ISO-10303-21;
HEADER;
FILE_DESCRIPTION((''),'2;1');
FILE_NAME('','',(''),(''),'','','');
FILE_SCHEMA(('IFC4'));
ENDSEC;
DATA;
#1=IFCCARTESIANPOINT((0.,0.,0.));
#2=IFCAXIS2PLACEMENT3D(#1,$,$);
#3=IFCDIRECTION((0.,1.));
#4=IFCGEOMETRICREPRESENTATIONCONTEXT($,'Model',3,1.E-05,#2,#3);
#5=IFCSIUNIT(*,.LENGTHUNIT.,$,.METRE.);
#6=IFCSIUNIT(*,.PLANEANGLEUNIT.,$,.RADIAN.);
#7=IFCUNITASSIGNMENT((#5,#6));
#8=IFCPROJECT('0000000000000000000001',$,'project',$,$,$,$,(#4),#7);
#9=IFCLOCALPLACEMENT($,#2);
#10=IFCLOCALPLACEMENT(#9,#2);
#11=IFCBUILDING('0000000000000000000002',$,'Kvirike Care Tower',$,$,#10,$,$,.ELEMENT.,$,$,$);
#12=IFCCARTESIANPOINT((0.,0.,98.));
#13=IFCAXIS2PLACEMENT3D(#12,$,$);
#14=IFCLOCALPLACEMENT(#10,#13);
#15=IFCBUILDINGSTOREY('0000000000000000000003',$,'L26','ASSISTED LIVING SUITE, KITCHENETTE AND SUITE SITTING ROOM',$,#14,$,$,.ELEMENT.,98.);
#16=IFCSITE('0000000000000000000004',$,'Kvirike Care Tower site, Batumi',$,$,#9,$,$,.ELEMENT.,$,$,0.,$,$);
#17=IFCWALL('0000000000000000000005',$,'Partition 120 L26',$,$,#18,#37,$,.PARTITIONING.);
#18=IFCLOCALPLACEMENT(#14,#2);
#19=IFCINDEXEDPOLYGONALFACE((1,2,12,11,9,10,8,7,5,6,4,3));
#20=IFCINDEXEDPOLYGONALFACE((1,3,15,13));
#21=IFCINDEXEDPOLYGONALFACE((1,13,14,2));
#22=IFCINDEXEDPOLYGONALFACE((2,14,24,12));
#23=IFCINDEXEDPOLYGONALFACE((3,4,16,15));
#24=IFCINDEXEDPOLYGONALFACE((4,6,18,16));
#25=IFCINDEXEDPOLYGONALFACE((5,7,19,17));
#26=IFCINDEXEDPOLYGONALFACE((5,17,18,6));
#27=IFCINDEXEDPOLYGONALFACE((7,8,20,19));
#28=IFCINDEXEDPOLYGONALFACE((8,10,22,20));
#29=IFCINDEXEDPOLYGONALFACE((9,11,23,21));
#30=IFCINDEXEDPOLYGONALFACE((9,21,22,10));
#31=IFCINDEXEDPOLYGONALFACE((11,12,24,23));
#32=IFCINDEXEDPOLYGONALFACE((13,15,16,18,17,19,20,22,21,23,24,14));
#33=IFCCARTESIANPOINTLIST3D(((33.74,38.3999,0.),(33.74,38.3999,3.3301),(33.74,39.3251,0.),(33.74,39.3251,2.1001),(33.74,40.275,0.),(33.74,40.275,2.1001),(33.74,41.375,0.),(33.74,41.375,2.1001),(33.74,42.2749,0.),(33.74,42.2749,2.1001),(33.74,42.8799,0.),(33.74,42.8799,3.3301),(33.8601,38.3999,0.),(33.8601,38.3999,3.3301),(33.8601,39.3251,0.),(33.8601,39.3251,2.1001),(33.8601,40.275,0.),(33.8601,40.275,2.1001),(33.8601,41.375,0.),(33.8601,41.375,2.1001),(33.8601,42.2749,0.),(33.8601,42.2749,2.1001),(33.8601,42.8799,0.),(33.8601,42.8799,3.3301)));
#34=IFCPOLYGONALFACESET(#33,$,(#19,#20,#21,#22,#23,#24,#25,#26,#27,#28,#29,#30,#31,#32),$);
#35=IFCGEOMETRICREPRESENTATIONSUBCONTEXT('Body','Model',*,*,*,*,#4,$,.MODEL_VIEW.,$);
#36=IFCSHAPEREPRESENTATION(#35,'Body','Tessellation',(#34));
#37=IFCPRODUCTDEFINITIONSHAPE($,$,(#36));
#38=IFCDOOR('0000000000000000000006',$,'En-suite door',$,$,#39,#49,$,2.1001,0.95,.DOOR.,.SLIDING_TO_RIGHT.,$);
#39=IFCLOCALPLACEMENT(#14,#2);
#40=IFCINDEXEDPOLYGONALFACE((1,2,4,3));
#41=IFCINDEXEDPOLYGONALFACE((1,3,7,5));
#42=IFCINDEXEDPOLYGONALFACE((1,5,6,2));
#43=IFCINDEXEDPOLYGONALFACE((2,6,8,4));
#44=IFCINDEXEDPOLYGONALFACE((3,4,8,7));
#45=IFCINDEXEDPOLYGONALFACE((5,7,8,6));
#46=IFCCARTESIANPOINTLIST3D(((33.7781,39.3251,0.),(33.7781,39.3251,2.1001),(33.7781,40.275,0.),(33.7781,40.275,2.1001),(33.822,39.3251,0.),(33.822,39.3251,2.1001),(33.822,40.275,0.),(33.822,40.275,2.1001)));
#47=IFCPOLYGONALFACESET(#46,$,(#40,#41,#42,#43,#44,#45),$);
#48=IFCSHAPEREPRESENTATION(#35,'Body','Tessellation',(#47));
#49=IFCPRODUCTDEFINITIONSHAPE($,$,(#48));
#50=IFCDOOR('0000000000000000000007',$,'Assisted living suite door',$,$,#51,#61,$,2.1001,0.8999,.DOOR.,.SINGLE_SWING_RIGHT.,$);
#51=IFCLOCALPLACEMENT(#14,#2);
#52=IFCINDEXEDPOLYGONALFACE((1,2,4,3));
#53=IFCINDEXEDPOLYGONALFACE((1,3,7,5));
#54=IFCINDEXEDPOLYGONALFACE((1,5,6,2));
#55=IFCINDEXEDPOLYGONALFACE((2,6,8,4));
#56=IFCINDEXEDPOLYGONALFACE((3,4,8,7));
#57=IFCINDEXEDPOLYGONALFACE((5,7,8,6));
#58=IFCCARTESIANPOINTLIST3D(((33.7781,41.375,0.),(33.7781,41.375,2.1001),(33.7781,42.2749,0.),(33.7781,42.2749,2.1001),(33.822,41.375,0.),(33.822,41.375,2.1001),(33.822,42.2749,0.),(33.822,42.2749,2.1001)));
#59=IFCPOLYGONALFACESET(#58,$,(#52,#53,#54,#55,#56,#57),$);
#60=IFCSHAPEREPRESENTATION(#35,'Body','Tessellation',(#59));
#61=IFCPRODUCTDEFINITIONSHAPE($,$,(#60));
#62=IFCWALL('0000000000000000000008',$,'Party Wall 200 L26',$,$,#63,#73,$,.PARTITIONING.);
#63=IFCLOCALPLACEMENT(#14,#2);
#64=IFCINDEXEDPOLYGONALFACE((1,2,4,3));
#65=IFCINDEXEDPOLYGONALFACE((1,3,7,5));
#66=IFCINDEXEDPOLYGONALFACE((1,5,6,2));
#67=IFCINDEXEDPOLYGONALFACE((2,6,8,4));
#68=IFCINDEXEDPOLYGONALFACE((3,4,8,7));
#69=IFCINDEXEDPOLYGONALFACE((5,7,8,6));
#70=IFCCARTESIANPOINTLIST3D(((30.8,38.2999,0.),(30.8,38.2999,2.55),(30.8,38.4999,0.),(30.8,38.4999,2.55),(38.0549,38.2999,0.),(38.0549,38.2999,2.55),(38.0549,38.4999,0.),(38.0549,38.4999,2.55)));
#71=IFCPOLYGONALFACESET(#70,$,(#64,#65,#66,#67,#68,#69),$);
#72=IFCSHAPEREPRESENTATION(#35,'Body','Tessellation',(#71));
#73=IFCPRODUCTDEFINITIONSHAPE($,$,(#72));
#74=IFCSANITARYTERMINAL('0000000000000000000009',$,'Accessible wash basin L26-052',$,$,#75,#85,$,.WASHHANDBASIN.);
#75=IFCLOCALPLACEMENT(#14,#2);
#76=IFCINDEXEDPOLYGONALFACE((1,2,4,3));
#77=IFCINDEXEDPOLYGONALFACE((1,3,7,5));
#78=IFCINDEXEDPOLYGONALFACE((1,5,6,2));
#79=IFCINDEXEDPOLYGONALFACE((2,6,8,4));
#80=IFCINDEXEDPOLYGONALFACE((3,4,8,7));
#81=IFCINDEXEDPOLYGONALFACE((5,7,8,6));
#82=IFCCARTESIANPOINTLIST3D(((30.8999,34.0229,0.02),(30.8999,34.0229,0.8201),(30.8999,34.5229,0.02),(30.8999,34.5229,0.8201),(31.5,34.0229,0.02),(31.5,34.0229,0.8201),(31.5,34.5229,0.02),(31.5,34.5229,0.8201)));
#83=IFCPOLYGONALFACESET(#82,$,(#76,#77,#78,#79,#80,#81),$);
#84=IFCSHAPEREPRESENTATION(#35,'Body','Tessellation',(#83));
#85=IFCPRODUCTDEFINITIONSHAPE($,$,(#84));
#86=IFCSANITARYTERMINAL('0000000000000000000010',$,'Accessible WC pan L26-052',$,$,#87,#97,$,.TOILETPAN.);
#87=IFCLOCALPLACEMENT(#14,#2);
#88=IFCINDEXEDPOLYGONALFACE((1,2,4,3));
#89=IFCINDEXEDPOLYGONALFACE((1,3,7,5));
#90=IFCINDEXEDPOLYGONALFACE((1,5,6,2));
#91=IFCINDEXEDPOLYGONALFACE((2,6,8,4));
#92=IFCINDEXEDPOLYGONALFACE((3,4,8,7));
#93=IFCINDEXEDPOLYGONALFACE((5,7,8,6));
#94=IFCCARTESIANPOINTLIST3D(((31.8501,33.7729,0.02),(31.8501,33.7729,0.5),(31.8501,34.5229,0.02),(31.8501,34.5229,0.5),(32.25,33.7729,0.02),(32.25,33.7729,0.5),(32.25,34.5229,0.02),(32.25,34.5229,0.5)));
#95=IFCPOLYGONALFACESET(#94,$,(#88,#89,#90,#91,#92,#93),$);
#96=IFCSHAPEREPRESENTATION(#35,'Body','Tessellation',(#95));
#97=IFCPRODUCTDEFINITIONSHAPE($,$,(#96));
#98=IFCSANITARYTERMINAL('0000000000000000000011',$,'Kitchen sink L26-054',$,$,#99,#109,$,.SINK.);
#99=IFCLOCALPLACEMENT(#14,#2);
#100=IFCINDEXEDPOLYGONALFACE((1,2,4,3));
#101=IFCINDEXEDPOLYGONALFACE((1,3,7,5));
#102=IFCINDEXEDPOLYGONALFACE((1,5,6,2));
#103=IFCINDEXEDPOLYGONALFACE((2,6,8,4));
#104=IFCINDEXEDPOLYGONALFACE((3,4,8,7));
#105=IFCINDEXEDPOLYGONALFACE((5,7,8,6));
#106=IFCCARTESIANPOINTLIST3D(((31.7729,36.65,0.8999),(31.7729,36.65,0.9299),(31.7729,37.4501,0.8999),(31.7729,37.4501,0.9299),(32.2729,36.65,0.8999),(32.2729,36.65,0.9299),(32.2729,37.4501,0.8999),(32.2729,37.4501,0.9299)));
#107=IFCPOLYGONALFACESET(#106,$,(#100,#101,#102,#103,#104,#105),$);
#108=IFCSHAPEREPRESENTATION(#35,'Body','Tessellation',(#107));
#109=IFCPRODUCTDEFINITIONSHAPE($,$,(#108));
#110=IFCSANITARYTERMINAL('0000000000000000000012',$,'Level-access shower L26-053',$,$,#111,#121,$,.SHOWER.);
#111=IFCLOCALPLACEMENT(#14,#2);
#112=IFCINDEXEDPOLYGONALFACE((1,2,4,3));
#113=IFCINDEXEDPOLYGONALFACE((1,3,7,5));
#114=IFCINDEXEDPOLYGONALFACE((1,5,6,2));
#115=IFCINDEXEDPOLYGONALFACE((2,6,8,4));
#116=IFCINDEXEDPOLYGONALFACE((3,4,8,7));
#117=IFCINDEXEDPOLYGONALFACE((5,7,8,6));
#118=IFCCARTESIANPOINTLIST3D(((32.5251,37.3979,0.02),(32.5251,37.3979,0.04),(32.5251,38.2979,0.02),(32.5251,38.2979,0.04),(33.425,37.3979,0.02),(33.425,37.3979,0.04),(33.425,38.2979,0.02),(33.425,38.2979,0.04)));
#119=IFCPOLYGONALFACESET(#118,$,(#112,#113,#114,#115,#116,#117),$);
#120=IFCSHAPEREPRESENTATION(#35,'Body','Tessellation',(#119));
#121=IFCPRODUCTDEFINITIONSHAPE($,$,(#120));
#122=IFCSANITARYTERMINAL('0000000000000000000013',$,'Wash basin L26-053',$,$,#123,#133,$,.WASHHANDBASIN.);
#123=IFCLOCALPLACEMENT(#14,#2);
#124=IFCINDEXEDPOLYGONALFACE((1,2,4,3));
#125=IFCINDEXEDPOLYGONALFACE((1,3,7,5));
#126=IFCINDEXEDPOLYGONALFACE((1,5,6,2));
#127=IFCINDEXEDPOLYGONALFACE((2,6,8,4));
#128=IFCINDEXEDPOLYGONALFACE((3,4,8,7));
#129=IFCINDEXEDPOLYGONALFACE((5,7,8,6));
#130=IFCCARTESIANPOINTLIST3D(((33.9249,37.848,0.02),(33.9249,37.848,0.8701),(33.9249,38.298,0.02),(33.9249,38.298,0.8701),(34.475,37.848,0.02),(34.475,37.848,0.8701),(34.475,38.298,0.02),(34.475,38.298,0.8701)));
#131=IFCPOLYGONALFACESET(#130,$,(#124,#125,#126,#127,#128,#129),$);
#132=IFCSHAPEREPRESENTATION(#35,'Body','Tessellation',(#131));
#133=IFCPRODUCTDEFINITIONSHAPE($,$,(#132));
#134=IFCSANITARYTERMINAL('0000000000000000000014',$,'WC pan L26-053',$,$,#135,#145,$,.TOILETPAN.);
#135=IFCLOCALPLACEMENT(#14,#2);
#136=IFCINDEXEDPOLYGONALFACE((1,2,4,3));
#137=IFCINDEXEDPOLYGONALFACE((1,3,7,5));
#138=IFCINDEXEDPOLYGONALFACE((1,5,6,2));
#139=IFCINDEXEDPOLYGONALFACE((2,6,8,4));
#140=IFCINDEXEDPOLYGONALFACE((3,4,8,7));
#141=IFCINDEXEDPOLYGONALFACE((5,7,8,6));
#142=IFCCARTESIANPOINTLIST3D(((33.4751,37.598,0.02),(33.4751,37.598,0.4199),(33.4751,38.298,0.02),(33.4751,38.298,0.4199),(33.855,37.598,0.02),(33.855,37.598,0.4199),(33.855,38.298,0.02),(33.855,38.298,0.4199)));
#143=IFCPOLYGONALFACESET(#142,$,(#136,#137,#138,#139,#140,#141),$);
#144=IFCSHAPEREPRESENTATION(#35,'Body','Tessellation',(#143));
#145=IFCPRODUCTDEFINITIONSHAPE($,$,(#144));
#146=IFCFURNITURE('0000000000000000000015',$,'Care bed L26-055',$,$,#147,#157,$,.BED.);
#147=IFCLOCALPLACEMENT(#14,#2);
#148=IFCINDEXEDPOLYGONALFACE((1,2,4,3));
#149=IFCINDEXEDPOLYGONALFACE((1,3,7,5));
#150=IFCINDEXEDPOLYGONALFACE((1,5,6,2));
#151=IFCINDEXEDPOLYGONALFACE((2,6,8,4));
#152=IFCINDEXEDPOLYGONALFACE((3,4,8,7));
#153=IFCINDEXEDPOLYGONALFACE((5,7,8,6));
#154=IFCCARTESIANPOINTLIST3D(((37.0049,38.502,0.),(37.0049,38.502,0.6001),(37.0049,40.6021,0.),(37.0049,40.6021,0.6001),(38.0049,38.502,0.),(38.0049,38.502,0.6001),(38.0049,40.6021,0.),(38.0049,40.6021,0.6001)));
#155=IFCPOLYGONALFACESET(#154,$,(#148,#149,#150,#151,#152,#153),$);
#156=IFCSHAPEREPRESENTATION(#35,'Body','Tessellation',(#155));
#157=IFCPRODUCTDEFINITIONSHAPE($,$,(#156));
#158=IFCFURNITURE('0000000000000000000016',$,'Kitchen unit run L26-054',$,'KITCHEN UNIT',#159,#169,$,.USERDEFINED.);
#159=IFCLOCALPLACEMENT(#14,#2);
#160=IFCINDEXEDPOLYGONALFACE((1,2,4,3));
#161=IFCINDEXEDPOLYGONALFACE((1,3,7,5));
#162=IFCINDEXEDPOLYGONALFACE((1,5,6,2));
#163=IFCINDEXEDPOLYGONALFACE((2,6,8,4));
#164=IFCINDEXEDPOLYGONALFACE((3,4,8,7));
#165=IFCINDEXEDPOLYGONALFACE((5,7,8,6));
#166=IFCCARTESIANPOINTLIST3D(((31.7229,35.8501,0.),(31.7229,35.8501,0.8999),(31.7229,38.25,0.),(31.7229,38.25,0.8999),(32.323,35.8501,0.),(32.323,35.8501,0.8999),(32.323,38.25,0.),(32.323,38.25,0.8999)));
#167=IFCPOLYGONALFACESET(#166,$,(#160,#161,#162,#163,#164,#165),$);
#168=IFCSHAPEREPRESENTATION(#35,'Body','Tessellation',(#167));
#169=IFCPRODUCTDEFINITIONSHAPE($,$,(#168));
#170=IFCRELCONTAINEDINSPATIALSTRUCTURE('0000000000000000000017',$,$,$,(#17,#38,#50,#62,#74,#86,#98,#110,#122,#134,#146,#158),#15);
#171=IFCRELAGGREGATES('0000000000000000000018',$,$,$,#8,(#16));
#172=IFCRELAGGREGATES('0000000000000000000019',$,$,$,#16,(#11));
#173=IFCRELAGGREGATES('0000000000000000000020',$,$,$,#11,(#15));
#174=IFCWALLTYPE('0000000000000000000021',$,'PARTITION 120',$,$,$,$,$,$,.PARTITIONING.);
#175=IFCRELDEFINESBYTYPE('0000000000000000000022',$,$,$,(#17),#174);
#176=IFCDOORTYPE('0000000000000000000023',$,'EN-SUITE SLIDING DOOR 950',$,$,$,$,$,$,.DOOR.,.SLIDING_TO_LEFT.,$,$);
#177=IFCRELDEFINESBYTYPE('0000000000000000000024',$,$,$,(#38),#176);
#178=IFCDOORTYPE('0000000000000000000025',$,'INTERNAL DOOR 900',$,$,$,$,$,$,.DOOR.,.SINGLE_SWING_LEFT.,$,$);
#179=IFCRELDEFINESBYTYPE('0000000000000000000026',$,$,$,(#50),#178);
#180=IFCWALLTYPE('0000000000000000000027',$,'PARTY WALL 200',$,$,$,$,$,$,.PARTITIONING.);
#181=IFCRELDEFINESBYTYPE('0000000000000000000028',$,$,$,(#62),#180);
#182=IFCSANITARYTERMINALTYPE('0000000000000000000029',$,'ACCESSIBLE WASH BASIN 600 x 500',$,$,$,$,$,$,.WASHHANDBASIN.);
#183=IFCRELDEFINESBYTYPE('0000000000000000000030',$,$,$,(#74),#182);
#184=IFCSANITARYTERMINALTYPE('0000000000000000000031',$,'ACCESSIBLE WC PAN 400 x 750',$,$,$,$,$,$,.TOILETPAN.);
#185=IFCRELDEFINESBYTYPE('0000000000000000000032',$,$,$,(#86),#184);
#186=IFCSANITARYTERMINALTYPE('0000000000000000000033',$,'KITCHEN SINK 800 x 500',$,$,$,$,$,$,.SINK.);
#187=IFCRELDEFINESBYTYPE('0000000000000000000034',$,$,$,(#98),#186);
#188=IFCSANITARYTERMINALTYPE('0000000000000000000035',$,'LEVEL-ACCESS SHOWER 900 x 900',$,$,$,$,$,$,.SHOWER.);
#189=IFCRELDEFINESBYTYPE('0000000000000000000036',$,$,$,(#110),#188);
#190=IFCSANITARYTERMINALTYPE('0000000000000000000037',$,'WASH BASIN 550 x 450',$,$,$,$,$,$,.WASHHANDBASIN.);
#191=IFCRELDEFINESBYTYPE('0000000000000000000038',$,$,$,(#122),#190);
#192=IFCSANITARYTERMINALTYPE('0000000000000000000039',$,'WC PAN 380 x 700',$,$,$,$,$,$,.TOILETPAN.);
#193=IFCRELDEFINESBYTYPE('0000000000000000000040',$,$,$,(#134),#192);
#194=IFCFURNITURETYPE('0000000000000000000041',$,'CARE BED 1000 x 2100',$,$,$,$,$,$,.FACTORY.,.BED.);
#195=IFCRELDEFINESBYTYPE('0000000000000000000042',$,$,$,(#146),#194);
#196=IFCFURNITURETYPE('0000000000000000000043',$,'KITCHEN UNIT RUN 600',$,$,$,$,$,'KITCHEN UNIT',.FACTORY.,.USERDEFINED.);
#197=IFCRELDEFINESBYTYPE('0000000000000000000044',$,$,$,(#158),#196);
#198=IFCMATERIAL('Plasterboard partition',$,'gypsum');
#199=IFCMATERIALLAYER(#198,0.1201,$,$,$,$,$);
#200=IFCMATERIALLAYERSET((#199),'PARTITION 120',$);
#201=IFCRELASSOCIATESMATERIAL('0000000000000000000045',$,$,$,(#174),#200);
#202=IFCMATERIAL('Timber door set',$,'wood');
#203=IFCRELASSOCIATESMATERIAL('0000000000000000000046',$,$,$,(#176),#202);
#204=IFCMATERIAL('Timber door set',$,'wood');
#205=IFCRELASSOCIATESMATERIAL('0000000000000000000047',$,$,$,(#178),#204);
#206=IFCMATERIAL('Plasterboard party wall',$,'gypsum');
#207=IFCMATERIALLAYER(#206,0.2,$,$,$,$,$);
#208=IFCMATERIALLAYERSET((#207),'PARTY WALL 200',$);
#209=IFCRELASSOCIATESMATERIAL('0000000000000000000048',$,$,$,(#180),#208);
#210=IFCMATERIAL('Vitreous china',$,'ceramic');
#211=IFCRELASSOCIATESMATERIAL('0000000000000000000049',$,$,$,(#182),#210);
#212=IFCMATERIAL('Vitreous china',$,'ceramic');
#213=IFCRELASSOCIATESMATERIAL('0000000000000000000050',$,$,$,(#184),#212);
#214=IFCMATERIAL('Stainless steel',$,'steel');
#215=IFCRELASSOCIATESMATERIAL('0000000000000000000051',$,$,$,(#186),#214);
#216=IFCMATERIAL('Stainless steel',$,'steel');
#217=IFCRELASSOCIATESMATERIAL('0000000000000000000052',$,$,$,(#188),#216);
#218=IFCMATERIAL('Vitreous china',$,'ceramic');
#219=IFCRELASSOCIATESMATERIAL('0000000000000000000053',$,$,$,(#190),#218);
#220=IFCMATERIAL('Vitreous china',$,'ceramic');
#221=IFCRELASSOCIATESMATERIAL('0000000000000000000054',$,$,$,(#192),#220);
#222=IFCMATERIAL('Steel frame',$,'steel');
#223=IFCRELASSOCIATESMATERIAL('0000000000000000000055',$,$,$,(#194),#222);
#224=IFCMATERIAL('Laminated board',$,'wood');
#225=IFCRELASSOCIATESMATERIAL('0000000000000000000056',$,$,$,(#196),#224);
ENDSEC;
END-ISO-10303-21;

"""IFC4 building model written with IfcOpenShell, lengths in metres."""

from ifc_helpers import new_model, si_unit, direction, frame, frame_2d, origin, origin_2d, place, context, subcontext, project, spatial, rectangle, extrude, material, layer, layer_set, type_object, element, fill, save


model = new_model("IFC4")

# Units and contexts
model_context = context("Model", 3, precision=1e-05, world=origin(), true_north=direction((0.0, 1.0)))
body_context = subcontext(model_context, "Body", "Model", "MODEL_VIEW")
ifc_project = project(units=[si_unit("LENGTHUNIT", "METRE"), si_unit("PLANEANGLEUNIT", "RADIAN")], contexts=[model_context])

# Site, building, storey
site_placement = place(None, origin())
site = spatial("IfcSite", under=ifc_project, at=site_placement, Name="Kvirike Care Tower site, Batumi", CompositionType="ELEMENT", RefElevation=0.0)
building_placement = place(site_placement, origin())
building = spatial("IfcBuilding", under=site, at=building_placement, Name="Kvirike Care Tower", CompositionType="ELEMENT")
storey_placement = place(building_placement, frame((0.0, 0.0, 98.0)))
storey = spatial("IfcBuildingStorey", under=building, at=storey_placement, Name="L26", Description="ASSISTED LIVING SUITE, KITCHENETTE AND SUITE SITTING ROOM", CompositionType="ELEMENT", Elevation=98.0)

# Wall, openings, doors
ifc_material_1 = material(Name="Plasterboard partition", Category="gypsum")
ifc_layer_1 = layer(ifc_material_1, 0.1201)
ifc_layer_set_1 = layer_set([ifc_layer_1], Name="PARTITION 120")
wall_type_1 = type_object("IfcWallType", Name="PARTITION 120", PredefinedType="PARTITIONING", material=ifc_layer_set_1)
ifc_material_2 = material(Name="Timber door set", Category="wood")
door_type_1 = type_object("IfcDoorType", Name="EN-SUITE SLIDING DOOR 950", OperationType="SLIDING_TO_LEFT", PredefinedType="DOOR", material=ifc_material_2)
ifc_material_3 = material(Name="Timber door set", Category="wood")
door_type_2 = type_object("IfcDoorType", Name="INTERNAL DOOR 900", OperationType="SINGLE_SWING_LEFT", PredefinedType="DOOR", material=ifc_material_3)
wall_1_placement = place(storey_placement, frame((33.8, 38.3999, 0.0), z_axis=(0.0, 0.0, 1.0), x_axis=(0.0, 1.0, 0.0)))
wall_1 = element("IfcWall", 1, at=wall_1_placement, inside=storey, type_object=wall_type_1, Name="Partition 120 L26", PredefinedType="PARTITIONING", context=body_context, shape_type="SweptSolid", body=[
    extrude(rectangle(XDim=4.48, YDim=0.1201, at=frame_2d((2.24, 0.0))), origin(), (0.0, 0.0, 1.0), 3.3301),
])
opening_1_placement = place(wall_1_placement, frame((2.9751, 0.0, 0.0)))
opening_1 = element("IfcOpeningElement", 2, at=opening_1_placement, cuts=wall_1, PredefinedType="OPENING", context=body_context, shape_type="SweptSolid", body=[
    extrude(rectangle(XDim=0.8999, YDim=2.1001, at=frame_2d((0.45, 1.05))), frame((0.0, 0.0706, 0.0), z_axis=(0.0, -1.0, 0.0), x_axis=(1.0, 0.0, 0.0)), (0.0, 0.0, 1.0), 0.1411),
])
opening_2_placement = place(wall_1_placement, frame((0.925, 0.0, 0.0)))
opening_2 = element("IfcOpeningElement", 3, at=opening_2_placement, cuts=wall_1, PredefinedType="OPENING", context=body_context, shape_type="SweptSolid", body=[
    extrude(rectangle(XDim=0.95, YDim=2.1001, at=frame_2d((0.4751, 1.05))), frame((0.0, 0.0706, 0.0), z_axis=(0.0, -1.0, 0.0), x_axis=(1.0, 0.0, 0.0)), (0.0, 0.0, 1.0), 0.1411),
])
door_1_placement = place(opening_2_placement, origin())
door_1 = element("IfcDoor", 4, at=door_1_placement, inside=storey, type_object=door_type_1, Name="En-suite door", OperationType="SLIDING_TO_RIGHT", OverallHeight=2.1001, OverallWidth=0.95, PredefinedType="DOOR", context=body_context, shape_type="SweptSolid", body=[
    extrude(rectangle(XDim=0.95, YDim=2.1001, at=frame_2d((0.4751, 1.05))), frame((0.0, 0.022, 0.0), z_axis=(0.0, -1.0, 0.0), x_axis=(1.0, 0.0, 0.0)), (0.0, 0.0, 1.0), 0.0439),
])
fill(opening_2, door_1)
door_2_placement = place(opening_1_placement, origin())
door_2 = element("IfcDoor", 5, at=door_2_placement, inside=storey, type_object=door_type_2, Name="Assisted living suite door", OperationType="SINGLE_SWING_RIGHT", OverallHeight=2.1001, OverallWidth=0.8999, PredefinedType="DOOR", context=body_context, shape_type="SweptSolid", body=[
    extrude(rectangle(XDim=0.8999, YDim=2.1001, at=frame_2d((0.45, 1.05))), frame((0.0, 0.022, 0.0), z_axis=(0.0, -1.0, 0.0), x_axis=(1.0, 0.0, 0.0)), (0.0, 0.0, 1.0), 0.0439),
])
fill(opening_1, door_2)

# Wall
ifc_material_4 = material(Name="Plasterboard party wall", Category="gypsum")
ifc_layer_2 = layer(ifc_material_4, 0.2)
ifc_layer_set_2 = layer_set([ifc_layer_2], Name="PARTY WALL 200")
wall_type_2 = type_object("IfcWallType", Name="PARTY WALL 200", PredefinedType="PARTITIONING", material=ifc_layer_set_2)
wall_2_placement = place(storey_placement, frame((38.0549, 38.3999, 0.0), z_axis=(0.0, 0.0, 1.0), x_axis=(-1.0, 0.0, 0.0)))
element("IfcWall", 6, at=wall_2_placement, inside=storey, type_object=wall_type_2, Name="Party Wall 200 L26", PredefinedType="PARTITIONING", context=body_context, shape_type="SweptSolid", body=[
    extrude(rectangle(XDim=7.2549, YDim=0.2, at=frame_2d((3.6274, 0.0))), origin(), (0.0, 0.0, 1.0), 2.55),
])

# Sanitary terminals
ifc_material_5 = material(Name="Vitreous china", Category="ceramic")
sanitary_terminal_type_1 = type_object("IfcSanitaryTerminalType", Name="ACCESSIBLE WASH BASIN 600 x 500", PredefinedType="WASHHANDBASIN", material=ifc_material_5)
sanitary_terminal_1_placement = place(storey_placement, frame((31.2, 34.2729, 0.02), z_axis=(0.0, 0.0, 1.0), x_axis=(1.0, 0.0, 0.0)))
element("IfcSanitaryTerminal", 7, at=sanitary_terminal_1_placement, inside=storey, type_object=sanitary_terminal_type_1, Name="Accessible wash basin L26-052", PredefinedType="WASHHANDBASIN", context=body_context, shape_type="SweptSolid", body=[
    extrude(rectangle(XDim=0.6001, YDim=0.5, at=origin_2d()), origin(), (0.0, 0.0, 1.0), 0.8),
])
ifc_material_6 = material(Name="Vitreous china", Category="ceramic")
sanitary_terminal_type_2 = type_object("IfcSanitaryTerminalType", Name="ACCESSIBLE WC PAN 400 x 750", PredefinedType="TOILETPAN", material=ifc_material_6)
sanitary_terminal_2_placement = place(storey_placement, frame((32.05, 34.1479, 0.02), z_axis=(0.0, 0.0, 1.0), x_axis=(1.0, 0.0, 0.0)))
element("IfcSanitaryTerminal", 8, at=sanitary_terminal_2_placement, inside=storey, type_object=sanitary_terminal_type_2, Name="Accessible WC pan L26-052", PredefinedType="TOILETPAN", context=body_context, shape_type="SweptSolid", body=[
    extrude(rectangle(XDim=0.3999, YDim=0.75, at=origin_2d()), origin(), (0.0, 0.0, 1.0), 0.48),
])
ifc_material_7 = material(Name="Stainless steel", Category="steel")
sanitary_terminal_type_3 = type_object("IfcSanitaryTerminalType", Name="KITCHEN SINK 800 x 500", PredefinedType="SINK", material=ifc_material_7)
sanitary_terminal_3_placement = place(storey_placement, frame((32.0229, 37.05, 0.8999), z_axis=(0.0, 0.0, 1.0), x_axis=(0.0, -1.0, 0.0)))
element("IfcSanitaryTerminal", 9, at=sanitary_terminal_3_placement, inside=storey, type_object=sanitary_terminal_type_3, Name="Kitchen sink L26-054", PredefinedType="SINK", context=body_context, shape_type="SweptSolid", body=[
    extrude(rectangle(XDim=0.8, YDim=0.5, at=origin_2d()), origin(), (0.0, 0.0, 1.0), 0.03),
])
ifc_material_8 = material(Name="Stainless steel", Category="steel")
sanitary_terminal_type_4 = type_object("IfcSanitaryTerminalType", Name="LEVEL-ACCESS SHOWER 900 x 900", PredefinedType="SHOWER", material=ifc_material_8)
sanitary_terminal_4_placement = place(storey_placement, frame((32.9751, 37.8479, 0.02), z_axis=(0.0, 0.0, 1.0), x_axis=(1.0, 0.0, 0.0)))
element("IfcSanitaryTerminal", 10, at=sanitary_terminal_4_placement, inside=storey, type_object=sanitary_terminal_type_4, Name="Level-access shower L26-053", PredefinedType="SHOWER", context=body_context, shape_type="SweptSolid", body=[
    extrude(rectangle(XDim=0.8999, YDim=0.8999, at=origin_2d()), origin(), (0.0, 0.0, 1.0), 0.02),
])
ifc_material_9 = material(Name="Vitreous china", Category="ceramic")
sanitary_terminal_type_5 = type_object("IfcSanitaryTerminalType", Name="WASH BASIN 550 x 450", PredefinedType="WASHHANDBASIN", material=ifc_material_9)
sanitary_terminal_5_placement = place(storey_placement, frame((34.2, 38.073, 0.02), z_axis=(0.0, 0.0, 1.0), x_axis=(1.0, 0.0, 0.0)))
element("IfcSanitaryTerminal", 11, at=sanitary_terminal_5_placement, inside=storey, type_object=sanitary_terminal_type_5, Name="Wash basin L26-053", PredefinedType="WASHHANDBASIN", context=body_context, shape_type="SweptSolid", body=[
    extrude(rectangle(XDim=0.55, YDim=0.45, at=origin_2d()), origin(), (0.0, 0.0, 1.0), 0.8501),
])
ifc_material_10 = material(Name="Vitreous china", Category="ceramic")
sanitary_terminal_type_6 = type_object("IfcSanitaryTerminalType", Name="WC PAN 380 x 700", PredefinedType="TOILETPAN", material=ifc_material_10)
sanitary_terminal_6_placement = place(storey_placement, frame((33.665, 37.948, 0.02), z_axis=(0.0, 0.0, 1.0), x_axis=(1.0, 0.0, 0.0)))
element("IfcSanitaryTerminal", 12, at=sanitary_terminal_6_placement, inside=storey, type_object=sanitary_terminal_type_6, Name="WC pan L26-053", PredefinedType="TOILETPAN", context=body_context, shape_type="SweptSolid", body=[
    extrude(rectangle(XDim=0.3799, YDim=0.7, at=origin_2d()), origin(), (0.0, 0.0, 1.0), 0.3999),
])

# Furniture
ifc_material_11 = material(Name="Steel frame", Category="steel")
furniture_type_1 = type_object("IfcFurnitureType", Name="CARE BED 1000 x 2100", AssemblyPlace="FACTORY", PredefinedType="BED", material=ifc_material_11)
furniture_1_placement = place(storey_placement, frame((37.5049, 39.552, 0.0), z_axis=(0.0, 0.0, 1.0), x_axis=(-1.0, 0.0, 0.0)))
element("IfcFurniture", 13, at=furniture_1_placement, inside=storey, type_object=furniture_type_1, Name="Care bed L26-055", PredefinedType="BED", context=body_context, shape_type="SweptSolid", body=[
    extrude(rectangle(XDim=1.0, YDim=2.1001, at=origin_2d()), origin(), (0.0, 0.0, 1.0), 0.6001),
])
ifc_material_12 = material(Name="Laminated board", Category="wood")
furniture_type_2 = type_object("IfcFurnitureType", Name="KITCHEN UNIT RUN 600", ElementType="KITCHEN UNIT", AssemblyPlace="FACTORY", PredefinedType="USERDEFINED", material=ifc_material_12)
furniture_2_placement = place(storey_placement, frame((32.0229, 37.05, 0.0), z_axis=(0.0, 0.0, 1.0), x_axis=(0.0, -1.0, 0.0)))
element("IfcFurniture", 14, at=furniture_2_placement, inside=storey, type_object=furniture_type_2, Name="Kitchen unit run L26-054", ObjectType="KITCHEN UNIT", PredefinedType="USERDEFINED", context=body_context, shape_type="SweptSolid", body=[
    extrude(rectangle(XDim=2.3999, YDim=0.6001, at=origin_2d()), origin(), (0.0, 0.0, 1.0), 0.8999),
])

save(model, "model.ifc")
